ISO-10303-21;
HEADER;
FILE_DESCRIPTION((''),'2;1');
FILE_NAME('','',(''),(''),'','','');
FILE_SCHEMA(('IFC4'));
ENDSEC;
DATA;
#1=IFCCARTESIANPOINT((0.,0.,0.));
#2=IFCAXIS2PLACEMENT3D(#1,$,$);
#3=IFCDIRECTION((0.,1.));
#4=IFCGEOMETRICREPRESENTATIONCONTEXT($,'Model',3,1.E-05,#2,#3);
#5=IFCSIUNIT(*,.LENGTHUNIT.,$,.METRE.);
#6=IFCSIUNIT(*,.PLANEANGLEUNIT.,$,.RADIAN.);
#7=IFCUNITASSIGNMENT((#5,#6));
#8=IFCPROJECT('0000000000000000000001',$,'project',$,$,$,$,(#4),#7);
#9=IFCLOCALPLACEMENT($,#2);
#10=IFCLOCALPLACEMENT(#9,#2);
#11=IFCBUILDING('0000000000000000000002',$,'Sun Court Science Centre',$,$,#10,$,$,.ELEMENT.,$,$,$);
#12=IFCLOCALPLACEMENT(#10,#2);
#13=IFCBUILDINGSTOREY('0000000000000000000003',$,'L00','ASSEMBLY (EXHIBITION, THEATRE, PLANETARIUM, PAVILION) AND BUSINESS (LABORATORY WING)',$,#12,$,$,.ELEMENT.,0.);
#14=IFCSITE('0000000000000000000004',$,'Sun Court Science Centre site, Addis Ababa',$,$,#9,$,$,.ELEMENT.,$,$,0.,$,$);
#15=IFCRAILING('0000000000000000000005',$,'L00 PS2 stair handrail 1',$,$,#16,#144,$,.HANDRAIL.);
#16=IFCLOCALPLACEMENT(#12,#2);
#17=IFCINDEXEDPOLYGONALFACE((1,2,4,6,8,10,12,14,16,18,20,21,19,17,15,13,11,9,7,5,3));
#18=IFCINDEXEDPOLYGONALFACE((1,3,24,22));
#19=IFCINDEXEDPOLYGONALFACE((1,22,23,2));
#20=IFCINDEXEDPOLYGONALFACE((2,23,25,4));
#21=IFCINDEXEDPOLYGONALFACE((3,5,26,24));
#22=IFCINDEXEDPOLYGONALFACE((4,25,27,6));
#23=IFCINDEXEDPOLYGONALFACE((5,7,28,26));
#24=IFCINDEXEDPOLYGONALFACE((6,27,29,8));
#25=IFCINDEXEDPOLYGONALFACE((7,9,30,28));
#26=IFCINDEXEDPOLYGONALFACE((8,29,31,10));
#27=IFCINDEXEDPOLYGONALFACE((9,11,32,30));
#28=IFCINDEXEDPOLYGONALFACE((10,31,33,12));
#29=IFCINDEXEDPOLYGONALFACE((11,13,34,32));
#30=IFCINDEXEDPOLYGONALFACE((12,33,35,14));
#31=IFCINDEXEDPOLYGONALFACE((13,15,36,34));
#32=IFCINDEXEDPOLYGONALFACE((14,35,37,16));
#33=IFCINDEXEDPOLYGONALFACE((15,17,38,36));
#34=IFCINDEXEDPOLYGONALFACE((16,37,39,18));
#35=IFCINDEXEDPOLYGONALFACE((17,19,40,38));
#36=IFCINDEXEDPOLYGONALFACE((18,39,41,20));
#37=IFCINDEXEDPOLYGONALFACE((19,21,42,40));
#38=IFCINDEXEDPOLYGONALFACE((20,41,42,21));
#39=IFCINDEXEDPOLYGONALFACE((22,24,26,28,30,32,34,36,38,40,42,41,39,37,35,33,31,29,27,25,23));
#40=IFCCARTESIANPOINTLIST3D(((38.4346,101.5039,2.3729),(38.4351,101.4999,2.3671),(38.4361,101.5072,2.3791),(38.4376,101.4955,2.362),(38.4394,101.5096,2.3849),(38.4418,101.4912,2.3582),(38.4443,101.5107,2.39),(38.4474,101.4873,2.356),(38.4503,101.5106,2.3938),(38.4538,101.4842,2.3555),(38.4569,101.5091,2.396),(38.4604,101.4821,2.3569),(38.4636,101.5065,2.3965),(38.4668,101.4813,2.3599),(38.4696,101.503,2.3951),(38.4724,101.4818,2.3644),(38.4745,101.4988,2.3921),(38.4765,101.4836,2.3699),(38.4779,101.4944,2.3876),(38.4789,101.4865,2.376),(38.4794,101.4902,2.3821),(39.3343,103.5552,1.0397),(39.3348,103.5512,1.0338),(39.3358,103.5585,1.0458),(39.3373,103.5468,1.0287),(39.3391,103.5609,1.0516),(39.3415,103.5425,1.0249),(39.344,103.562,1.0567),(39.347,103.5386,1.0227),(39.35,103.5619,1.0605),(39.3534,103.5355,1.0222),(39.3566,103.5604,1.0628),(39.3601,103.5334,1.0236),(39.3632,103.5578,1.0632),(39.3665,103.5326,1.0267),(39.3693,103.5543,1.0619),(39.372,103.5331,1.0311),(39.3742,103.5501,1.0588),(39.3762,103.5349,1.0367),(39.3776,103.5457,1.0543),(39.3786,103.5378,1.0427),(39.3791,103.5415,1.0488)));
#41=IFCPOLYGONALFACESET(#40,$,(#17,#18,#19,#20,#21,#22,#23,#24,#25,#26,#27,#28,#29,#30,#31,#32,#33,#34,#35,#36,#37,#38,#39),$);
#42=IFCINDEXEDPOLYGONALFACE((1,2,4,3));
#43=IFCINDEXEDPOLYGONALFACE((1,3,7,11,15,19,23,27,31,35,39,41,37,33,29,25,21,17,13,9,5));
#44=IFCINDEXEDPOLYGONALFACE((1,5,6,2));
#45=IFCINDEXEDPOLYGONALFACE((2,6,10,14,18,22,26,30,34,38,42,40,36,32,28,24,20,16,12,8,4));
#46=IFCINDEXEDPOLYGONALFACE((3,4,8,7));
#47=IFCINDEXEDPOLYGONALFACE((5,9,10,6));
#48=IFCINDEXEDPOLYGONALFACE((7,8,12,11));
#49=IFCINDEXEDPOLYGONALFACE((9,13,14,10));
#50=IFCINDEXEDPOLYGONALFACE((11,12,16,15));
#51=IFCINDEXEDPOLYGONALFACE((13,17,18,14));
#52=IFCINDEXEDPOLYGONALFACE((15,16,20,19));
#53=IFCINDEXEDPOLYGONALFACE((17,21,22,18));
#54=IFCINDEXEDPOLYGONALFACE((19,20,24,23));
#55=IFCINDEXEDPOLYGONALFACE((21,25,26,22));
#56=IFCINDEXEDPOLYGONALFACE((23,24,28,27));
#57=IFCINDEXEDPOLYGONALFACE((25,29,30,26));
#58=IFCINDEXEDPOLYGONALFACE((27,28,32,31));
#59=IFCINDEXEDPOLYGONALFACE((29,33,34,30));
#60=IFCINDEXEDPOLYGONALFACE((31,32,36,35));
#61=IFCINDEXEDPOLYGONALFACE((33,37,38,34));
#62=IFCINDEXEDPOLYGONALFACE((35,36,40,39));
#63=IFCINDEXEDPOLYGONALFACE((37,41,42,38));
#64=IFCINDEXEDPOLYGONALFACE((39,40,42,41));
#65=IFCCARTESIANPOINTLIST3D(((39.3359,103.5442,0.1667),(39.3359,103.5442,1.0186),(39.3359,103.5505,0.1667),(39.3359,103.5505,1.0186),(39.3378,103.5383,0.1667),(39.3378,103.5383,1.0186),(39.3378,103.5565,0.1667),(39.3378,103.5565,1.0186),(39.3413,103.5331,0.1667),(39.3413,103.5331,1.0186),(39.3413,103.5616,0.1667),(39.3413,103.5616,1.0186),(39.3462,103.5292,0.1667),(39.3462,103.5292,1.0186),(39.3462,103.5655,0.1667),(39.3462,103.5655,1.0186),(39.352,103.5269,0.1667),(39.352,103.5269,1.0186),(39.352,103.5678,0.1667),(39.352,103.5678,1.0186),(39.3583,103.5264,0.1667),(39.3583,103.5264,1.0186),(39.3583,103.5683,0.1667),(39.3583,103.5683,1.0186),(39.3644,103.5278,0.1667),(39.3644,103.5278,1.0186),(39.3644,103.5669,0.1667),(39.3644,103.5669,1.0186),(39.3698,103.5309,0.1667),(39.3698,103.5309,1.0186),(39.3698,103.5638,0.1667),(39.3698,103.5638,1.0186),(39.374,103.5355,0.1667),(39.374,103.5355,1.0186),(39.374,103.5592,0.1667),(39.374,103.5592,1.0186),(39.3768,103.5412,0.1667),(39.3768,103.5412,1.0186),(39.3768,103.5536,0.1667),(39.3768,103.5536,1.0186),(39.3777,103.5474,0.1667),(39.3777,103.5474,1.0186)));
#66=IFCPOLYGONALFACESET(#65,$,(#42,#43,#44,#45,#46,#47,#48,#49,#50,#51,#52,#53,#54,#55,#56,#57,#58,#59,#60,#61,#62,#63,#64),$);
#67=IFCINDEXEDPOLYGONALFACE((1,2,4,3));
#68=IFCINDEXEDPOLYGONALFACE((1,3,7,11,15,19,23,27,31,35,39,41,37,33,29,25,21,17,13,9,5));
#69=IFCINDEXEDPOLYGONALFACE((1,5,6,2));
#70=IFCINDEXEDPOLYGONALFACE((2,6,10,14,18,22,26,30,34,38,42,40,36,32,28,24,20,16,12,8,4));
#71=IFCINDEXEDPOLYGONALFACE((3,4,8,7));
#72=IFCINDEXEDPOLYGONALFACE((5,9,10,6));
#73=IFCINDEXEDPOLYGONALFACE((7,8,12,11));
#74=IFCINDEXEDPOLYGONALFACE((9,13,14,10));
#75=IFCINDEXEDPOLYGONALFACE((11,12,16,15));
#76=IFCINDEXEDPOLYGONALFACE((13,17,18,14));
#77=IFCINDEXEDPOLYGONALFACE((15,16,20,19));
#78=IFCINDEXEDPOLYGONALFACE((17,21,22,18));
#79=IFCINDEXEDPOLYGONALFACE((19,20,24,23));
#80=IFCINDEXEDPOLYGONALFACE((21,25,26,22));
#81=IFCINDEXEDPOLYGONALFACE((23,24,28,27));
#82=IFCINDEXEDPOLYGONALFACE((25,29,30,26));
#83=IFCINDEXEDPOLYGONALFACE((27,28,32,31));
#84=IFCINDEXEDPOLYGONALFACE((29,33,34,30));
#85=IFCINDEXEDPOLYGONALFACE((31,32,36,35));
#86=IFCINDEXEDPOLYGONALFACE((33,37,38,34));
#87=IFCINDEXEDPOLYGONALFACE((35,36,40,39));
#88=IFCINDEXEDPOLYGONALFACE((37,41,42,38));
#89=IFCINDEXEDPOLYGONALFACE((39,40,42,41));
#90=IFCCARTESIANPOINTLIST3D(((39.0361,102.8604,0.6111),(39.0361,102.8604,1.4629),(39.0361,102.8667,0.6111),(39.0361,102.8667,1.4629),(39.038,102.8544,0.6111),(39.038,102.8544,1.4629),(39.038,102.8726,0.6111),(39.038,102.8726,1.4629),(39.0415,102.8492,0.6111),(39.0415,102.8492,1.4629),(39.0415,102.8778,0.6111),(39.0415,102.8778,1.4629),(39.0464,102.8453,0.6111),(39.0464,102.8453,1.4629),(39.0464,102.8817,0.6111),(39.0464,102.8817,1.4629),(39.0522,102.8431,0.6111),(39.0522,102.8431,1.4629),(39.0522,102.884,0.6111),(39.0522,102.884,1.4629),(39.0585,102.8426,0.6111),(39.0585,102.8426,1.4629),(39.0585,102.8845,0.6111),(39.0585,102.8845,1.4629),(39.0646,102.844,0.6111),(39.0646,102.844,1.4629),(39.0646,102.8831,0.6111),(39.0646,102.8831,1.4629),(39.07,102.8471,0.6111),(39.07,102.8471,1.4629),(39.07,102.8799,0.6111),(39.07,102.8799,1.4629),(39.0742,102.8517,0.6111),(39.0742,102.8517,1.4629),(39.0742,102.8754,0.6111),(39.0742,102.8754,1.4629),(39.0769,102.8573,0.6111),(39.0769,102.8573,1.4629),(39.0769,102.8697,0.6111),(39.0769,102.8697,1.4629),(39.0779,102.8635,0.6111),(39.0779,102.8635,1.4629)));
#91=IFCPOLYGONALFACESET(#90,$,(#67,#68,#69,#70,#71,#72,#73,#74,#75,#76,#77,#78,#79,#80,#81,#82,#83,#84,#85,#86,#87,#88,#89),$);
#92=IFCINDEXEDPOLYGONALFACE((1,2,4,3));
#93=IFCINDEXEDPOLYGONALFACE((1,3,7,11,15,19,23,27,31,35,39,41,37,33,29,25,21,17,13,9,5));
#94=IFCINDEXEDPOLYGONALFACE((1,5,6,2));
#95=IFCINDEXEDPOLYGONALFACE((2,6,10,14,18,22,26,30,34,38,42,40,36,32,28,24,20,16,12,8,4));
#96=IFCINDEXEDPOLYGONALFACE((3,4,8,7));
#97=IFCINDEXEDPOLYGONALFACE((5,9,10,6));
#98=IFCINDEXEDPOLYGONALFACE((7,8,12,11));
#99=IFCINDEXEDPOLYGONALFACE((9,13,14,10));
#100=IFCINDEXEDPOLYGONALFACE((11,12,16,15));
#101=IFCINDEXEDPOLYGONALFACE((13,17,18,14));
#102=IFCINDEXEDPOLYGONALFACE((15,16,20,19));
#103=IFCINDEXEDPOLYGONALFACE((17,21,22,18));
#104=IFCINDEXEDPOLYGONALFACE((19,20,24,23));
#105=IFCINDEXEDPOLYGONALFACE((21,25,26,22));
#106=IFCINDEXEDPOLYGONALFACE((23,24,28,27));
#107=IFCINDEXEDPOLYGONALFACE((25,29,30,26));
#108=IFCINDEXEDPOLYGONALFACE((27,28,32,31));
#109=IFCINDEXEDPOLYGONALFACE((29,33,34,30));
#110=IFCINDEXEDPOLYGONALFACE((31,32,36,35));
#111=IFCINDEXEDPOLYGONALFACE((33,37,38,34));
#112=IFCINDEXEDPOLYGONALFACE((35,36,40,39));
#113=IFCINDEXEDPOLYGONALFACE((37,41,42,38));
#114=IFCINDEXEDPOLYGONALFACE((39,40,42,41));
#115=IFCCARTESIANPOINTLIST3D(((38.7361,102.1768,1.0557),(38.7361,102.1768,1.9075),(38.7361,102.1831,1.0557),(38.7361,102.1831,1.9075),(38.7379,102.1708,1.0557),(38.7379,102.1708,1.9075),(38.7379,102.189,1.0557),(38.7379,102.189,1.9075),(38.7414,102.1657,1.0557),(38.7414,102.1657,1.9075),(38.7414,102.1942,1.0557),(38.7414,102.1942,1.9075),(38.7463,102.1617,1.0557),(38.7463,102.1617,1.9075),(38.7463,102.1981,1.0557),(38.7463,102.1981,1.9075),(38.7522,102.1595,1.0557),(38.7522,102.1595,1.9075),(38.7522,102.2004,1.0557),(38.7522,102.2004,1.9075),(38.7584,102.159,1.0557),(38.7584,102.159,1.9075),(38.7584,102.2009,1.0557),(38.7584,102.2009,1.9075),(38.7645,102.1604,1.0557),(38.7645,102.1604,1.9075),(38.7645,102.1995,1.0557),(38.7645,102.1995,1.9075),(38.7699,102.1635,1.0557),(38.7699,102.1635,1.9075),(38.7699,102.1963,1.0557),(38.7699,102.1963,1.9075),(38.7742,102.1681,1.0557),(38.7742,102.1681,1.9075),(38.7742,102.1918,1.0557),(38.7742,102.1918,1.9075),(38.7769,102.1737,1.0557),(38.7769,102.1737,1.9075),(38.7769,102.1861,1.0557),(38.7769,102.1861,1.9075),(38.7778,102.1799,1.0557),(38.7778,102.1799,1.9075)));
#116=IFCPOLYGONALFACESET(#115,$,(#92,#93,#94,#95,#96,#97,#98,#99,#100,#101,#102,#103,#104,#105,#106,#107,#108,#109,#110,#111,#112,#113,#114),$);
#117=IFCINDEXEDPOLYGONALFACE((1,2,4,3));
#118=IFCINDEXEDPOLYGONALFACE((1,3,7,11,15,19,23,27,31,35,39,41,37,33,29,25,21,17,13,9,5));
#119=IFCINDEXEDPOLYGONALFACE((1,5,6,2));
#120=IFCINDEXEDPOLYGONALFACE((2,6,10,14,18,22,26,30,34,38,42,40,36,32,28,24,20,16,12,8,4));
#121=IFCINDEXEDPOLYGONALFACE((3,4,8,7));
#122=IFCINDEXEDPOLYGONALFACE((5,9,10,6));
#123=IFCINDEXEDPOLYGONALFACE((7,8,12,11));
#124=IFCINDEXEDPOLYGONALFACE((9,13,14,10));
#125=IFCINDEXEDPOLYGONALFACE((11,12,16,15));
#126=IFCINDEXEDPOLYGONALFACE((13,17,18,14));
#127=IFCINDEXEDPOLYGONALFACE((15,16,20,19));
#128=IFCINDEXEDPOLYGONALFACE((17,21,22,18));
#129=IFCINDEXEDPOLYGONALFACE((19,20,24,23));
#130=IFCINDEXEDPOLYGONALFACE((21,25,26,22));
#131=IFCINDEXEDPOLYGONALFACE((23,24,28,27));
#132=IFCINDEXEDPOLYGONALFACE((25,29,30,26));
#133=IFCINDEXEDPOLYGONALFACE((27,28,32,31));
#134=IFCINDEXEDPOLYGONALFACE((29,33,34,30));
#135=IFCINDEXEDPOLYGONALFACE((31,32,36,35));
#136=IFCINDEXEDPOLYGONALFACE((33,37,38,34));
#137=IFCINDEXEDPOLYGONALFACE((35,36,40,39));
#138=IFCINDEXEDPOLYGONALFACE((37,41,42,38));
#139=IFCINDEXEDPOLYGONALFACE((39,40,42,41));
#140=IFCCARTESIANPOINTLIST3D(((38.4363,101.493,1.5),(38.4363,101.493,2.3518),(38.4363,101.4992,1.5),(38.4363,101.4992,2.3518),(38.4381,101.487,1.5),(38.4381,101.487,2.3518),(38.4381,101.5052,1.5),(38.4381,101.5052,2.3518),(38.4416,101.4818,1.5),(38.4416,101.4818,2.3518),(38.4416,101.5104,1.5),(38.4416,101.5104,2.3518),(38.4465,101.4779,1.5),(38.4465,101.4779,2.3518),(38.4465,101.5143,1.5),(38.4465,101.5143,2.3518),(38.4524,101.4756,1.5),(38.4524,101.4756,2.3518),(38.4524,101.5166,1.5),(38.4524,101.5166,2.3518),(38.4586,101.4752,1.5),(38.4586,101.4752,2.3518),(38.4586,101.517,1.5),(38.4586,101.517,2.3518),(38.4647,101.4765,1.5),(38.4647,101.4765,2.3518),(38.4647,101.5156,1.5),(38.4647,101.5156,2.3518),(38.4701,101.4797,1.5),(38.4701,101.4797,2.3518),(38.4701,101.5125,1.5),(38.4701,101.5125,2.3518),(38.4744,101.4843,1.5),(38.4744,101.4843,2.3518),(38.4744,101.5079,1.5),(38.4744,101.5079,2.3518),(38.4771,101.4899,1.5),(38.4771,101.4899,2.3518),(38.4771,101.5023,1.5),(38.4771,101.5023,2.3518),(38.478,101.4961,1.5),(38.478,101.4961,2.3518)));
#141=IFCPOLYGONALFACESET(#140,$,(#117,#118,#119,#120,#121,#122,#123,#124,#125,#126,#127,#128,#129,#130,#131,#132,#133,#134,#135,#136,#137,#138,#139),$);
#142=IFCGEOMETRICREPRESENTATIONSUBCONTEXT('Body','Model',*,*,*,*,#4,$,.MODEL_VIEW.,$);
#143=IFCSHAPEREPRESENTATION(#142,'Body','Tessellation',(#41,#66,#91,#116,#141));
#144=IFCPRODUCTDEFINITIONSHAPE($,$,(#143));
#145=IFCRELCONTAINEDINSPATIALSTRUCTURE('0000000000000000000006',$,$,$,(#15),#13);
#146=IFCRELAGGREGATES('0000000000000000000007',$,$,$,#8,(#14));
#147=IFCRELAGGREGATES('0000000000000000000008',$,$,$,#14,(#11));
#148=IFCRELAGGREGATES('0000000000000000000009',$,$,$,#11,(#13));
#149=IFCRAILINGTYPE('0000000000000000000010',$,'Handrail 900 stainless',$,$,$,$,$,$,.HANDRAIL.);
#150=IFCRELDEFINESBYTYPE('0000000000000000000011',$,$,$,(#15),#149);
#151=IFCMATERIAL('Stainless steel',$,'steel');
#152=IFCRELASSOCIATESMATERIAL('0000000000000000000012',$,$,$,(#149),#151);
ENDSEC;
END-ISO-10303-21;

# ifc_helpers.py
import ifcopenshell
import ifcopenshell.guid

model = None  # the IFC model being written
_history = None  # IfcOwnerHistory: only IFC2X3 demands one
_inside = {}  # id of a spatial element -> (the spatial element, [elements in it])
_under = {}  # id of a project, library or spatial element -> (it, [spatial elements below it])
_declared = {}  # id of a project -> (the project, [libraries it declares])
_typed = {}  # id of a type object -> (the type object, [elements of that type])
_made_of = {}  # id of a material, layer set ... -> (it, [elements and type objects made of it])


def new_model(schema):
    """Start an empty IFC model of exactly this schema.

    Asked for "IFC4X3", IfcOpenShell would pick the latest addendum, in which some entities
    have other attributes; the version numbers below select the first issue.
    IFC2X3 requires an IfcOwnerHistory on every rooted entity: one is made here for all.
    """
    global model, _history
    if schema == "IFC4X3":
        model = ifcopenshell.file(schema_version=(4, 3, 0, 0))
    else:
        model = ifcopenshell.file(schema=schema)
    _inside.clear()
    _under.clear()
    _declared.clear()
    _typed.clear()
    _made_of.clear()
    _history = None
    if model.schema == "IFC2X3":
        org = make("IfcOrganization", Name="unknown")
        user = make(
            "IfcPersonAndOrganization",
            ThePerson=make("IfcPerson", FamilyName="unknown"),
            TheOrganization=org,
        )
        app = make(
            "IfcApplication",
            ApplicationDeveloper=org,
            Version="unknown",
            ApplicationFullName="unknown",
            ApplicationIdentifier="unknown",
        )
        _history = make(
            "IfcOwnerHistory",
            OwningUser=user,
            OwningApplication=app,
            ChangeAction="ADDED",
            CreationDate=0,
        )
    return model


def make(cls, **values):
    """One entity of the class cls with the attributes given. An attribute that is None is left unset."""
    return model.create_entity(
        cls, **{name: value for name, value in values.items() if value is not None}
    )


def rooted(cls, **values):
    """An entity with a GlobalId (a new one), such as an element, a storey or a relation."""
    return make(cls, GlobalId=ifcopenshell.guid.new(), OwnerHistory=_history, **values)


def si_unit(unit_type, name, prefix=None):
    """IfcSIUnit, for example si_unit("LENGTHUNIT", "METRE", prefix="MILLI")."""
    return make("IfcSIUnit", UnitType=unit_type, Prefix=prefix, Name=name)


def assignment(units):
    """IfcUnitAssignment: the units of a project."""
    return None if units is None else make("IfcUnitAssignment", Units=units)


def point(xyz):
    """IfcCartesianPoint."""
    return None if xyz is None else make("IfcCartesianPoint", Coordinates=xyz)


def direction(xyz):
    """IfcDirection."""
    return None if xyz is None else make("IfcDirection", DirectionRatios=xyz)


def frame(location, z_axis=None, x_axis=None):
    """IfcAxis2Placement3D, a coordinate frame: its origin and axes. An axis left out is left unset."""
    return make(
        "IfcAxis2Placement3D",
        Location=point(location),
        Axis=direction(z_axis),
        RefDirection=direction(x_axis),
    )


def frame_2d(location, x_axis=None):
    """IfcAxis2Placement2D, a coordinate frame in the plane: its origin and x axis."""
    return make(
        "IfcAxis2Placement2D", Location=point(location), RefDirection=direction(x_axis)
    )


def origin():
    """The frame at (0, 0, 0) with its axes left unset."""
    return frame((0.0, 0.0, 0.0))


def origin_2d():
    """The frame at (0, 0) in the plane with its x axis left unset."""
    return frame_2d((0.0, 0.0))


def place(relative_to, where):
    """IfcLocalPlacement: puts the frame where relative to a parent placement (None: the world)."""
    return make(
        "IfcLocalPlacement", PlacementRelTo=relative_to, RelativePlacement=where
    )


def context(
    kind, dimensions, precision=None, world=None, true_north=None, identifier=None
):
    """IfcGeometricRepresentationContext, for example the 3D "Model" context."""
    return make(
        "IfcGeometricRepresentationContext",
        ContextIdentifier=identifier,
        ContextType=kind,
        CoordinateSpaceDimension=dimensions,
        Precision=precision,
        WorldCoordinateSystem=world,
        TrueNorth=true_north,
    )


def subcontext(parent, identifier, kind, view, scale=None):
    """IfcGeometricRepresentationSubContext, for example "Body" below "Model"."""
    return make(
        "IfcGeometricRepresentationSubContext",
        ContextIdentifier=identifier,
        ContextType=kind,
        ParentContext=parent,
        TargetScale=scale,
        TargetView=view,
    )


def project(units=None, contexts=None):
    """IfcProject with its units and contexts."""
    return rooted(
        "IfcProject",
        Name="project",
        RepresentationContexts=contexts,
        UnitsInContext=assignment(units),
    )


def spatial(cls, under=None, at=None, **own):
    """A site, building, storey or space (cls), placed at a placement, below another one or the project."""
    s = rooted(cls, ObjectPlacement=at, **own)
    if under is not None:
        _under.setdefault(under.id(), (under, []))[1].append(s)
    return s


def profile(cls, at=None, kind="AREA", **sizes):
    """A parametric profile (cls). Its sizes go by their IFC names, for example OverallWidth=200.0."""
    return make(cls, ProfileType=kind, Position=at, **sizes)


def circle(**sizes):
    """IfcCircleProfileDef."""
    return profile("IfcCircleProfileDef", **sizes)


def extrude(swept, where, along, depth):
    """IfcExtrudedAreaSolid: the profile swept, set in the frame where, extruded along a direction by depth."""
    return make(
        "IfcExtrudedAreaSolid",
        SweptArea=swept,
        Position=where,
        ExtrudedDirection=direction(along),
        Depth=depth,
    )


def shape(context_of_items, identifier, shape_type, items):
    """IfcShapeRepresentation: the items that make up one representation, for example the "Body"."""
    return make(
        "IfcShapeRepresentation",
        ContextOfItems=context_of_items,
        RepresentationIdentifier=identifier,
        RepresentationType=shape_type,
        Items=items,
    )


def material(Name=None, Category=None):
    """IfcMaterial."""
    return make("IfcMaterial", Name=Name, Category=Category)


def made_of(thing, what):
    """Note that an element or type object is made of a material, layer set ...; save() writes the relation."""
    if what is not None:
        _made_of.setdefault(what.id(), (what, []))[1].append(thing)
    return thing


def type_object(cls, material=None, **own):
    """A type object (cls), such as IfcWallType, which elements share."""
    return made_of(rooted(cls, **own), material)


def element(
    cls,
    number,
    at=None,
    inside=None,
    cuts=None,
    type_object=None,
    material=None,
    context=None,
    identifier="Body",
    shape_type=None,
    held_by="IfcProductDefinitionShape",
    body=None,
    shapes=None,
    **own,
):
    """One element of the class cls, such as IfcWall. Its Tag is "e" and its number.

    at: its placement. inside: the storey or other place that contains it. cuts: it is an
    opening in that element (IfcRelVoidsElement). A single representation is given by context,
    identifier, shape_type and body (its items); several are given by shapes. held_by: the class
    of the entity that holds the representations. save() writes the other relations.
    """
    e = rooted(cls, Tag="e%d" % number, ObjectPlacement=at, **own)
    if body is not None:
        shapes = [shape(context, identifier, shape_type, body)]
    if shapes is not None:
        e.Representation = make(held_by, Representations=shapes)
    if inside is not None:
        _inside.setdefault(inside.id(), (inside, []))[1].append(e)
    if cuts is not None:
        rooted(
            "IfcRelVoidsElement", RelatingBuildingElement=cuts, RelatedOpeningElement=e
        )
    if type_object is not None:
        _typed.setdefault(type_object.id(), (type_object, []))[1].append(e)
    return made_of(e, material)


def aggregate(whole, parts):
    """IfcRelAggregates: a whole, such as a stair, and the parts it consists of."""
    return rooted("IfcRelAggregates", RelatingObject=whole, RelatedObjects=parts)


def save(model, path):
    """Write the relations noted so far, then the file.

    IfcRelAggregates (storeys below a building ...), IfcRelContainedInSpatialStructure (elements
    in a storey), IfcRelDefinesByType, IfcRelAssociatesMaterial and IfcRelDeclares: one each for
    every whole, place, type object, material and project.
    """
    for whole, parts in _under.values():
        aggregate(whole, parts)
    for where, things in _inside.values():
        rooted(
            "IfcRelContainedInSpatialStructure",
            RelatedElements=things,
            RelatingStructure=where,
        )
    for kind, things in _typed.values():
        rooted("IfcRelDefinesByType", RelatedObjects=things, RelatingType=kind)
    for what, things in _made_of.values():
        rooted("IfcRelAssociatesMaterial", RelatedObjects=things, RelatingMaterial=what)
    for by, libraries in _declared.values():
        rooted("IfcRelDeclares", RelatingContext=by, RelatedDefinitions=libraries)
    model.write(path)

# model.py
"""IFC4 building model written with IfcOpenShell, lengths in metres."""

from ifc_helpers import new_model, si_unit, direction, frame, origin, origin_2d, place, context, subcontext, project, spatial, circle, extrude, material, type_object, element, save


model = new_model("IFC4")

# Units and contexts
model_context = context("Model", 3, precision=1e-05, world=origin(), true_north=direction((0.0, 1.0)))
body_context = subcontext(model_context, "Body", "Model", "MODEL_VIEW")
ifc_project = project(units=[si_unit("LENGTHUNIT", "METRE"), si_unit("PLANEANGLEUNIT", "RADIAN")], contexts=[model_context])

# Site, building, storey
site_placement = place(None, origin())
site = spatial("IfcSite", under=ifc_project, at=site_placement, Name="Sun Court Science Centre site, Addis Ababa", CompositionType="ELEMENT", RefElevation=0.0)
building_placement = place(site_placement, origin())
building = spatial("IfcBuilding", under=site, at=building_placement, Name="Sun Court Science Centre", CompositionType="ELEMENT")
storey_placement = place(building_placement, origin())
storey = spatial("IfcBuildingStorey", under=building, at=storey_placement, Name="L00", Description="ASSEMBLY (EXHIBITION, THEATRE, PLANETARIUM, PAVILION) AND BUSINESS (LABORATORY WING)", CompositionType="ELEMENT", Elevation=0.0)

# Railing
ifc_material_1 = material(Name="Stainless steel", Category="steel")
railing_type_1 = type_object("IfcRailingType", Name="Handrail 900 stainless", PredefinedType="HANDRAIL", material=ifc_material_1)
for number, where, name in (
    (1, (39.3567, 103.5474, 0.1667), "L00 PS2 stair handrail 1"),
):
    element("IfcRailing", number, at=place(storey_placement, frame(where)), inside=storey, type_object=railing_type_1, Name=name, PredefinedType="HANDRAIL", context=body_context, shape_type="SweptSolid", body=[
        extrude(circle(Radius=0.0239, at=origin_2d()), frame((0.0, 0.0, 0.876), z_axis=(-0.345139, -0.786935, 0.51148), x_axis=(0.915792, -0.401653, 0.0)), (0.0, 0.0, 1.0), 2.6067),
        extrude(circle(Radius=0.021, at=origin_2d()), origin(), (0.0, 0.0, 1.0), 0.8518),
        extrude(circle(Radius=0.021, at=origin_2d()), frame((-0.2998, -0.6838, 0.4443)), (0.0, 0.0, 1.0), 0.8518),
        extrude(circle(Radius=0.021, at=origin_2d()), frame((-0.5999, -1.3674, 0.8889)), (0.0, 0.0, 1.0), 0.8518),
        extrude(circle(Radius=0.021, at=origin_2d()), frame((-0.8997, -2.0513, 1.3333)), (0.0, 0.0, 1.0), 0.8518),
    ])

save(model, "model.ifc")
